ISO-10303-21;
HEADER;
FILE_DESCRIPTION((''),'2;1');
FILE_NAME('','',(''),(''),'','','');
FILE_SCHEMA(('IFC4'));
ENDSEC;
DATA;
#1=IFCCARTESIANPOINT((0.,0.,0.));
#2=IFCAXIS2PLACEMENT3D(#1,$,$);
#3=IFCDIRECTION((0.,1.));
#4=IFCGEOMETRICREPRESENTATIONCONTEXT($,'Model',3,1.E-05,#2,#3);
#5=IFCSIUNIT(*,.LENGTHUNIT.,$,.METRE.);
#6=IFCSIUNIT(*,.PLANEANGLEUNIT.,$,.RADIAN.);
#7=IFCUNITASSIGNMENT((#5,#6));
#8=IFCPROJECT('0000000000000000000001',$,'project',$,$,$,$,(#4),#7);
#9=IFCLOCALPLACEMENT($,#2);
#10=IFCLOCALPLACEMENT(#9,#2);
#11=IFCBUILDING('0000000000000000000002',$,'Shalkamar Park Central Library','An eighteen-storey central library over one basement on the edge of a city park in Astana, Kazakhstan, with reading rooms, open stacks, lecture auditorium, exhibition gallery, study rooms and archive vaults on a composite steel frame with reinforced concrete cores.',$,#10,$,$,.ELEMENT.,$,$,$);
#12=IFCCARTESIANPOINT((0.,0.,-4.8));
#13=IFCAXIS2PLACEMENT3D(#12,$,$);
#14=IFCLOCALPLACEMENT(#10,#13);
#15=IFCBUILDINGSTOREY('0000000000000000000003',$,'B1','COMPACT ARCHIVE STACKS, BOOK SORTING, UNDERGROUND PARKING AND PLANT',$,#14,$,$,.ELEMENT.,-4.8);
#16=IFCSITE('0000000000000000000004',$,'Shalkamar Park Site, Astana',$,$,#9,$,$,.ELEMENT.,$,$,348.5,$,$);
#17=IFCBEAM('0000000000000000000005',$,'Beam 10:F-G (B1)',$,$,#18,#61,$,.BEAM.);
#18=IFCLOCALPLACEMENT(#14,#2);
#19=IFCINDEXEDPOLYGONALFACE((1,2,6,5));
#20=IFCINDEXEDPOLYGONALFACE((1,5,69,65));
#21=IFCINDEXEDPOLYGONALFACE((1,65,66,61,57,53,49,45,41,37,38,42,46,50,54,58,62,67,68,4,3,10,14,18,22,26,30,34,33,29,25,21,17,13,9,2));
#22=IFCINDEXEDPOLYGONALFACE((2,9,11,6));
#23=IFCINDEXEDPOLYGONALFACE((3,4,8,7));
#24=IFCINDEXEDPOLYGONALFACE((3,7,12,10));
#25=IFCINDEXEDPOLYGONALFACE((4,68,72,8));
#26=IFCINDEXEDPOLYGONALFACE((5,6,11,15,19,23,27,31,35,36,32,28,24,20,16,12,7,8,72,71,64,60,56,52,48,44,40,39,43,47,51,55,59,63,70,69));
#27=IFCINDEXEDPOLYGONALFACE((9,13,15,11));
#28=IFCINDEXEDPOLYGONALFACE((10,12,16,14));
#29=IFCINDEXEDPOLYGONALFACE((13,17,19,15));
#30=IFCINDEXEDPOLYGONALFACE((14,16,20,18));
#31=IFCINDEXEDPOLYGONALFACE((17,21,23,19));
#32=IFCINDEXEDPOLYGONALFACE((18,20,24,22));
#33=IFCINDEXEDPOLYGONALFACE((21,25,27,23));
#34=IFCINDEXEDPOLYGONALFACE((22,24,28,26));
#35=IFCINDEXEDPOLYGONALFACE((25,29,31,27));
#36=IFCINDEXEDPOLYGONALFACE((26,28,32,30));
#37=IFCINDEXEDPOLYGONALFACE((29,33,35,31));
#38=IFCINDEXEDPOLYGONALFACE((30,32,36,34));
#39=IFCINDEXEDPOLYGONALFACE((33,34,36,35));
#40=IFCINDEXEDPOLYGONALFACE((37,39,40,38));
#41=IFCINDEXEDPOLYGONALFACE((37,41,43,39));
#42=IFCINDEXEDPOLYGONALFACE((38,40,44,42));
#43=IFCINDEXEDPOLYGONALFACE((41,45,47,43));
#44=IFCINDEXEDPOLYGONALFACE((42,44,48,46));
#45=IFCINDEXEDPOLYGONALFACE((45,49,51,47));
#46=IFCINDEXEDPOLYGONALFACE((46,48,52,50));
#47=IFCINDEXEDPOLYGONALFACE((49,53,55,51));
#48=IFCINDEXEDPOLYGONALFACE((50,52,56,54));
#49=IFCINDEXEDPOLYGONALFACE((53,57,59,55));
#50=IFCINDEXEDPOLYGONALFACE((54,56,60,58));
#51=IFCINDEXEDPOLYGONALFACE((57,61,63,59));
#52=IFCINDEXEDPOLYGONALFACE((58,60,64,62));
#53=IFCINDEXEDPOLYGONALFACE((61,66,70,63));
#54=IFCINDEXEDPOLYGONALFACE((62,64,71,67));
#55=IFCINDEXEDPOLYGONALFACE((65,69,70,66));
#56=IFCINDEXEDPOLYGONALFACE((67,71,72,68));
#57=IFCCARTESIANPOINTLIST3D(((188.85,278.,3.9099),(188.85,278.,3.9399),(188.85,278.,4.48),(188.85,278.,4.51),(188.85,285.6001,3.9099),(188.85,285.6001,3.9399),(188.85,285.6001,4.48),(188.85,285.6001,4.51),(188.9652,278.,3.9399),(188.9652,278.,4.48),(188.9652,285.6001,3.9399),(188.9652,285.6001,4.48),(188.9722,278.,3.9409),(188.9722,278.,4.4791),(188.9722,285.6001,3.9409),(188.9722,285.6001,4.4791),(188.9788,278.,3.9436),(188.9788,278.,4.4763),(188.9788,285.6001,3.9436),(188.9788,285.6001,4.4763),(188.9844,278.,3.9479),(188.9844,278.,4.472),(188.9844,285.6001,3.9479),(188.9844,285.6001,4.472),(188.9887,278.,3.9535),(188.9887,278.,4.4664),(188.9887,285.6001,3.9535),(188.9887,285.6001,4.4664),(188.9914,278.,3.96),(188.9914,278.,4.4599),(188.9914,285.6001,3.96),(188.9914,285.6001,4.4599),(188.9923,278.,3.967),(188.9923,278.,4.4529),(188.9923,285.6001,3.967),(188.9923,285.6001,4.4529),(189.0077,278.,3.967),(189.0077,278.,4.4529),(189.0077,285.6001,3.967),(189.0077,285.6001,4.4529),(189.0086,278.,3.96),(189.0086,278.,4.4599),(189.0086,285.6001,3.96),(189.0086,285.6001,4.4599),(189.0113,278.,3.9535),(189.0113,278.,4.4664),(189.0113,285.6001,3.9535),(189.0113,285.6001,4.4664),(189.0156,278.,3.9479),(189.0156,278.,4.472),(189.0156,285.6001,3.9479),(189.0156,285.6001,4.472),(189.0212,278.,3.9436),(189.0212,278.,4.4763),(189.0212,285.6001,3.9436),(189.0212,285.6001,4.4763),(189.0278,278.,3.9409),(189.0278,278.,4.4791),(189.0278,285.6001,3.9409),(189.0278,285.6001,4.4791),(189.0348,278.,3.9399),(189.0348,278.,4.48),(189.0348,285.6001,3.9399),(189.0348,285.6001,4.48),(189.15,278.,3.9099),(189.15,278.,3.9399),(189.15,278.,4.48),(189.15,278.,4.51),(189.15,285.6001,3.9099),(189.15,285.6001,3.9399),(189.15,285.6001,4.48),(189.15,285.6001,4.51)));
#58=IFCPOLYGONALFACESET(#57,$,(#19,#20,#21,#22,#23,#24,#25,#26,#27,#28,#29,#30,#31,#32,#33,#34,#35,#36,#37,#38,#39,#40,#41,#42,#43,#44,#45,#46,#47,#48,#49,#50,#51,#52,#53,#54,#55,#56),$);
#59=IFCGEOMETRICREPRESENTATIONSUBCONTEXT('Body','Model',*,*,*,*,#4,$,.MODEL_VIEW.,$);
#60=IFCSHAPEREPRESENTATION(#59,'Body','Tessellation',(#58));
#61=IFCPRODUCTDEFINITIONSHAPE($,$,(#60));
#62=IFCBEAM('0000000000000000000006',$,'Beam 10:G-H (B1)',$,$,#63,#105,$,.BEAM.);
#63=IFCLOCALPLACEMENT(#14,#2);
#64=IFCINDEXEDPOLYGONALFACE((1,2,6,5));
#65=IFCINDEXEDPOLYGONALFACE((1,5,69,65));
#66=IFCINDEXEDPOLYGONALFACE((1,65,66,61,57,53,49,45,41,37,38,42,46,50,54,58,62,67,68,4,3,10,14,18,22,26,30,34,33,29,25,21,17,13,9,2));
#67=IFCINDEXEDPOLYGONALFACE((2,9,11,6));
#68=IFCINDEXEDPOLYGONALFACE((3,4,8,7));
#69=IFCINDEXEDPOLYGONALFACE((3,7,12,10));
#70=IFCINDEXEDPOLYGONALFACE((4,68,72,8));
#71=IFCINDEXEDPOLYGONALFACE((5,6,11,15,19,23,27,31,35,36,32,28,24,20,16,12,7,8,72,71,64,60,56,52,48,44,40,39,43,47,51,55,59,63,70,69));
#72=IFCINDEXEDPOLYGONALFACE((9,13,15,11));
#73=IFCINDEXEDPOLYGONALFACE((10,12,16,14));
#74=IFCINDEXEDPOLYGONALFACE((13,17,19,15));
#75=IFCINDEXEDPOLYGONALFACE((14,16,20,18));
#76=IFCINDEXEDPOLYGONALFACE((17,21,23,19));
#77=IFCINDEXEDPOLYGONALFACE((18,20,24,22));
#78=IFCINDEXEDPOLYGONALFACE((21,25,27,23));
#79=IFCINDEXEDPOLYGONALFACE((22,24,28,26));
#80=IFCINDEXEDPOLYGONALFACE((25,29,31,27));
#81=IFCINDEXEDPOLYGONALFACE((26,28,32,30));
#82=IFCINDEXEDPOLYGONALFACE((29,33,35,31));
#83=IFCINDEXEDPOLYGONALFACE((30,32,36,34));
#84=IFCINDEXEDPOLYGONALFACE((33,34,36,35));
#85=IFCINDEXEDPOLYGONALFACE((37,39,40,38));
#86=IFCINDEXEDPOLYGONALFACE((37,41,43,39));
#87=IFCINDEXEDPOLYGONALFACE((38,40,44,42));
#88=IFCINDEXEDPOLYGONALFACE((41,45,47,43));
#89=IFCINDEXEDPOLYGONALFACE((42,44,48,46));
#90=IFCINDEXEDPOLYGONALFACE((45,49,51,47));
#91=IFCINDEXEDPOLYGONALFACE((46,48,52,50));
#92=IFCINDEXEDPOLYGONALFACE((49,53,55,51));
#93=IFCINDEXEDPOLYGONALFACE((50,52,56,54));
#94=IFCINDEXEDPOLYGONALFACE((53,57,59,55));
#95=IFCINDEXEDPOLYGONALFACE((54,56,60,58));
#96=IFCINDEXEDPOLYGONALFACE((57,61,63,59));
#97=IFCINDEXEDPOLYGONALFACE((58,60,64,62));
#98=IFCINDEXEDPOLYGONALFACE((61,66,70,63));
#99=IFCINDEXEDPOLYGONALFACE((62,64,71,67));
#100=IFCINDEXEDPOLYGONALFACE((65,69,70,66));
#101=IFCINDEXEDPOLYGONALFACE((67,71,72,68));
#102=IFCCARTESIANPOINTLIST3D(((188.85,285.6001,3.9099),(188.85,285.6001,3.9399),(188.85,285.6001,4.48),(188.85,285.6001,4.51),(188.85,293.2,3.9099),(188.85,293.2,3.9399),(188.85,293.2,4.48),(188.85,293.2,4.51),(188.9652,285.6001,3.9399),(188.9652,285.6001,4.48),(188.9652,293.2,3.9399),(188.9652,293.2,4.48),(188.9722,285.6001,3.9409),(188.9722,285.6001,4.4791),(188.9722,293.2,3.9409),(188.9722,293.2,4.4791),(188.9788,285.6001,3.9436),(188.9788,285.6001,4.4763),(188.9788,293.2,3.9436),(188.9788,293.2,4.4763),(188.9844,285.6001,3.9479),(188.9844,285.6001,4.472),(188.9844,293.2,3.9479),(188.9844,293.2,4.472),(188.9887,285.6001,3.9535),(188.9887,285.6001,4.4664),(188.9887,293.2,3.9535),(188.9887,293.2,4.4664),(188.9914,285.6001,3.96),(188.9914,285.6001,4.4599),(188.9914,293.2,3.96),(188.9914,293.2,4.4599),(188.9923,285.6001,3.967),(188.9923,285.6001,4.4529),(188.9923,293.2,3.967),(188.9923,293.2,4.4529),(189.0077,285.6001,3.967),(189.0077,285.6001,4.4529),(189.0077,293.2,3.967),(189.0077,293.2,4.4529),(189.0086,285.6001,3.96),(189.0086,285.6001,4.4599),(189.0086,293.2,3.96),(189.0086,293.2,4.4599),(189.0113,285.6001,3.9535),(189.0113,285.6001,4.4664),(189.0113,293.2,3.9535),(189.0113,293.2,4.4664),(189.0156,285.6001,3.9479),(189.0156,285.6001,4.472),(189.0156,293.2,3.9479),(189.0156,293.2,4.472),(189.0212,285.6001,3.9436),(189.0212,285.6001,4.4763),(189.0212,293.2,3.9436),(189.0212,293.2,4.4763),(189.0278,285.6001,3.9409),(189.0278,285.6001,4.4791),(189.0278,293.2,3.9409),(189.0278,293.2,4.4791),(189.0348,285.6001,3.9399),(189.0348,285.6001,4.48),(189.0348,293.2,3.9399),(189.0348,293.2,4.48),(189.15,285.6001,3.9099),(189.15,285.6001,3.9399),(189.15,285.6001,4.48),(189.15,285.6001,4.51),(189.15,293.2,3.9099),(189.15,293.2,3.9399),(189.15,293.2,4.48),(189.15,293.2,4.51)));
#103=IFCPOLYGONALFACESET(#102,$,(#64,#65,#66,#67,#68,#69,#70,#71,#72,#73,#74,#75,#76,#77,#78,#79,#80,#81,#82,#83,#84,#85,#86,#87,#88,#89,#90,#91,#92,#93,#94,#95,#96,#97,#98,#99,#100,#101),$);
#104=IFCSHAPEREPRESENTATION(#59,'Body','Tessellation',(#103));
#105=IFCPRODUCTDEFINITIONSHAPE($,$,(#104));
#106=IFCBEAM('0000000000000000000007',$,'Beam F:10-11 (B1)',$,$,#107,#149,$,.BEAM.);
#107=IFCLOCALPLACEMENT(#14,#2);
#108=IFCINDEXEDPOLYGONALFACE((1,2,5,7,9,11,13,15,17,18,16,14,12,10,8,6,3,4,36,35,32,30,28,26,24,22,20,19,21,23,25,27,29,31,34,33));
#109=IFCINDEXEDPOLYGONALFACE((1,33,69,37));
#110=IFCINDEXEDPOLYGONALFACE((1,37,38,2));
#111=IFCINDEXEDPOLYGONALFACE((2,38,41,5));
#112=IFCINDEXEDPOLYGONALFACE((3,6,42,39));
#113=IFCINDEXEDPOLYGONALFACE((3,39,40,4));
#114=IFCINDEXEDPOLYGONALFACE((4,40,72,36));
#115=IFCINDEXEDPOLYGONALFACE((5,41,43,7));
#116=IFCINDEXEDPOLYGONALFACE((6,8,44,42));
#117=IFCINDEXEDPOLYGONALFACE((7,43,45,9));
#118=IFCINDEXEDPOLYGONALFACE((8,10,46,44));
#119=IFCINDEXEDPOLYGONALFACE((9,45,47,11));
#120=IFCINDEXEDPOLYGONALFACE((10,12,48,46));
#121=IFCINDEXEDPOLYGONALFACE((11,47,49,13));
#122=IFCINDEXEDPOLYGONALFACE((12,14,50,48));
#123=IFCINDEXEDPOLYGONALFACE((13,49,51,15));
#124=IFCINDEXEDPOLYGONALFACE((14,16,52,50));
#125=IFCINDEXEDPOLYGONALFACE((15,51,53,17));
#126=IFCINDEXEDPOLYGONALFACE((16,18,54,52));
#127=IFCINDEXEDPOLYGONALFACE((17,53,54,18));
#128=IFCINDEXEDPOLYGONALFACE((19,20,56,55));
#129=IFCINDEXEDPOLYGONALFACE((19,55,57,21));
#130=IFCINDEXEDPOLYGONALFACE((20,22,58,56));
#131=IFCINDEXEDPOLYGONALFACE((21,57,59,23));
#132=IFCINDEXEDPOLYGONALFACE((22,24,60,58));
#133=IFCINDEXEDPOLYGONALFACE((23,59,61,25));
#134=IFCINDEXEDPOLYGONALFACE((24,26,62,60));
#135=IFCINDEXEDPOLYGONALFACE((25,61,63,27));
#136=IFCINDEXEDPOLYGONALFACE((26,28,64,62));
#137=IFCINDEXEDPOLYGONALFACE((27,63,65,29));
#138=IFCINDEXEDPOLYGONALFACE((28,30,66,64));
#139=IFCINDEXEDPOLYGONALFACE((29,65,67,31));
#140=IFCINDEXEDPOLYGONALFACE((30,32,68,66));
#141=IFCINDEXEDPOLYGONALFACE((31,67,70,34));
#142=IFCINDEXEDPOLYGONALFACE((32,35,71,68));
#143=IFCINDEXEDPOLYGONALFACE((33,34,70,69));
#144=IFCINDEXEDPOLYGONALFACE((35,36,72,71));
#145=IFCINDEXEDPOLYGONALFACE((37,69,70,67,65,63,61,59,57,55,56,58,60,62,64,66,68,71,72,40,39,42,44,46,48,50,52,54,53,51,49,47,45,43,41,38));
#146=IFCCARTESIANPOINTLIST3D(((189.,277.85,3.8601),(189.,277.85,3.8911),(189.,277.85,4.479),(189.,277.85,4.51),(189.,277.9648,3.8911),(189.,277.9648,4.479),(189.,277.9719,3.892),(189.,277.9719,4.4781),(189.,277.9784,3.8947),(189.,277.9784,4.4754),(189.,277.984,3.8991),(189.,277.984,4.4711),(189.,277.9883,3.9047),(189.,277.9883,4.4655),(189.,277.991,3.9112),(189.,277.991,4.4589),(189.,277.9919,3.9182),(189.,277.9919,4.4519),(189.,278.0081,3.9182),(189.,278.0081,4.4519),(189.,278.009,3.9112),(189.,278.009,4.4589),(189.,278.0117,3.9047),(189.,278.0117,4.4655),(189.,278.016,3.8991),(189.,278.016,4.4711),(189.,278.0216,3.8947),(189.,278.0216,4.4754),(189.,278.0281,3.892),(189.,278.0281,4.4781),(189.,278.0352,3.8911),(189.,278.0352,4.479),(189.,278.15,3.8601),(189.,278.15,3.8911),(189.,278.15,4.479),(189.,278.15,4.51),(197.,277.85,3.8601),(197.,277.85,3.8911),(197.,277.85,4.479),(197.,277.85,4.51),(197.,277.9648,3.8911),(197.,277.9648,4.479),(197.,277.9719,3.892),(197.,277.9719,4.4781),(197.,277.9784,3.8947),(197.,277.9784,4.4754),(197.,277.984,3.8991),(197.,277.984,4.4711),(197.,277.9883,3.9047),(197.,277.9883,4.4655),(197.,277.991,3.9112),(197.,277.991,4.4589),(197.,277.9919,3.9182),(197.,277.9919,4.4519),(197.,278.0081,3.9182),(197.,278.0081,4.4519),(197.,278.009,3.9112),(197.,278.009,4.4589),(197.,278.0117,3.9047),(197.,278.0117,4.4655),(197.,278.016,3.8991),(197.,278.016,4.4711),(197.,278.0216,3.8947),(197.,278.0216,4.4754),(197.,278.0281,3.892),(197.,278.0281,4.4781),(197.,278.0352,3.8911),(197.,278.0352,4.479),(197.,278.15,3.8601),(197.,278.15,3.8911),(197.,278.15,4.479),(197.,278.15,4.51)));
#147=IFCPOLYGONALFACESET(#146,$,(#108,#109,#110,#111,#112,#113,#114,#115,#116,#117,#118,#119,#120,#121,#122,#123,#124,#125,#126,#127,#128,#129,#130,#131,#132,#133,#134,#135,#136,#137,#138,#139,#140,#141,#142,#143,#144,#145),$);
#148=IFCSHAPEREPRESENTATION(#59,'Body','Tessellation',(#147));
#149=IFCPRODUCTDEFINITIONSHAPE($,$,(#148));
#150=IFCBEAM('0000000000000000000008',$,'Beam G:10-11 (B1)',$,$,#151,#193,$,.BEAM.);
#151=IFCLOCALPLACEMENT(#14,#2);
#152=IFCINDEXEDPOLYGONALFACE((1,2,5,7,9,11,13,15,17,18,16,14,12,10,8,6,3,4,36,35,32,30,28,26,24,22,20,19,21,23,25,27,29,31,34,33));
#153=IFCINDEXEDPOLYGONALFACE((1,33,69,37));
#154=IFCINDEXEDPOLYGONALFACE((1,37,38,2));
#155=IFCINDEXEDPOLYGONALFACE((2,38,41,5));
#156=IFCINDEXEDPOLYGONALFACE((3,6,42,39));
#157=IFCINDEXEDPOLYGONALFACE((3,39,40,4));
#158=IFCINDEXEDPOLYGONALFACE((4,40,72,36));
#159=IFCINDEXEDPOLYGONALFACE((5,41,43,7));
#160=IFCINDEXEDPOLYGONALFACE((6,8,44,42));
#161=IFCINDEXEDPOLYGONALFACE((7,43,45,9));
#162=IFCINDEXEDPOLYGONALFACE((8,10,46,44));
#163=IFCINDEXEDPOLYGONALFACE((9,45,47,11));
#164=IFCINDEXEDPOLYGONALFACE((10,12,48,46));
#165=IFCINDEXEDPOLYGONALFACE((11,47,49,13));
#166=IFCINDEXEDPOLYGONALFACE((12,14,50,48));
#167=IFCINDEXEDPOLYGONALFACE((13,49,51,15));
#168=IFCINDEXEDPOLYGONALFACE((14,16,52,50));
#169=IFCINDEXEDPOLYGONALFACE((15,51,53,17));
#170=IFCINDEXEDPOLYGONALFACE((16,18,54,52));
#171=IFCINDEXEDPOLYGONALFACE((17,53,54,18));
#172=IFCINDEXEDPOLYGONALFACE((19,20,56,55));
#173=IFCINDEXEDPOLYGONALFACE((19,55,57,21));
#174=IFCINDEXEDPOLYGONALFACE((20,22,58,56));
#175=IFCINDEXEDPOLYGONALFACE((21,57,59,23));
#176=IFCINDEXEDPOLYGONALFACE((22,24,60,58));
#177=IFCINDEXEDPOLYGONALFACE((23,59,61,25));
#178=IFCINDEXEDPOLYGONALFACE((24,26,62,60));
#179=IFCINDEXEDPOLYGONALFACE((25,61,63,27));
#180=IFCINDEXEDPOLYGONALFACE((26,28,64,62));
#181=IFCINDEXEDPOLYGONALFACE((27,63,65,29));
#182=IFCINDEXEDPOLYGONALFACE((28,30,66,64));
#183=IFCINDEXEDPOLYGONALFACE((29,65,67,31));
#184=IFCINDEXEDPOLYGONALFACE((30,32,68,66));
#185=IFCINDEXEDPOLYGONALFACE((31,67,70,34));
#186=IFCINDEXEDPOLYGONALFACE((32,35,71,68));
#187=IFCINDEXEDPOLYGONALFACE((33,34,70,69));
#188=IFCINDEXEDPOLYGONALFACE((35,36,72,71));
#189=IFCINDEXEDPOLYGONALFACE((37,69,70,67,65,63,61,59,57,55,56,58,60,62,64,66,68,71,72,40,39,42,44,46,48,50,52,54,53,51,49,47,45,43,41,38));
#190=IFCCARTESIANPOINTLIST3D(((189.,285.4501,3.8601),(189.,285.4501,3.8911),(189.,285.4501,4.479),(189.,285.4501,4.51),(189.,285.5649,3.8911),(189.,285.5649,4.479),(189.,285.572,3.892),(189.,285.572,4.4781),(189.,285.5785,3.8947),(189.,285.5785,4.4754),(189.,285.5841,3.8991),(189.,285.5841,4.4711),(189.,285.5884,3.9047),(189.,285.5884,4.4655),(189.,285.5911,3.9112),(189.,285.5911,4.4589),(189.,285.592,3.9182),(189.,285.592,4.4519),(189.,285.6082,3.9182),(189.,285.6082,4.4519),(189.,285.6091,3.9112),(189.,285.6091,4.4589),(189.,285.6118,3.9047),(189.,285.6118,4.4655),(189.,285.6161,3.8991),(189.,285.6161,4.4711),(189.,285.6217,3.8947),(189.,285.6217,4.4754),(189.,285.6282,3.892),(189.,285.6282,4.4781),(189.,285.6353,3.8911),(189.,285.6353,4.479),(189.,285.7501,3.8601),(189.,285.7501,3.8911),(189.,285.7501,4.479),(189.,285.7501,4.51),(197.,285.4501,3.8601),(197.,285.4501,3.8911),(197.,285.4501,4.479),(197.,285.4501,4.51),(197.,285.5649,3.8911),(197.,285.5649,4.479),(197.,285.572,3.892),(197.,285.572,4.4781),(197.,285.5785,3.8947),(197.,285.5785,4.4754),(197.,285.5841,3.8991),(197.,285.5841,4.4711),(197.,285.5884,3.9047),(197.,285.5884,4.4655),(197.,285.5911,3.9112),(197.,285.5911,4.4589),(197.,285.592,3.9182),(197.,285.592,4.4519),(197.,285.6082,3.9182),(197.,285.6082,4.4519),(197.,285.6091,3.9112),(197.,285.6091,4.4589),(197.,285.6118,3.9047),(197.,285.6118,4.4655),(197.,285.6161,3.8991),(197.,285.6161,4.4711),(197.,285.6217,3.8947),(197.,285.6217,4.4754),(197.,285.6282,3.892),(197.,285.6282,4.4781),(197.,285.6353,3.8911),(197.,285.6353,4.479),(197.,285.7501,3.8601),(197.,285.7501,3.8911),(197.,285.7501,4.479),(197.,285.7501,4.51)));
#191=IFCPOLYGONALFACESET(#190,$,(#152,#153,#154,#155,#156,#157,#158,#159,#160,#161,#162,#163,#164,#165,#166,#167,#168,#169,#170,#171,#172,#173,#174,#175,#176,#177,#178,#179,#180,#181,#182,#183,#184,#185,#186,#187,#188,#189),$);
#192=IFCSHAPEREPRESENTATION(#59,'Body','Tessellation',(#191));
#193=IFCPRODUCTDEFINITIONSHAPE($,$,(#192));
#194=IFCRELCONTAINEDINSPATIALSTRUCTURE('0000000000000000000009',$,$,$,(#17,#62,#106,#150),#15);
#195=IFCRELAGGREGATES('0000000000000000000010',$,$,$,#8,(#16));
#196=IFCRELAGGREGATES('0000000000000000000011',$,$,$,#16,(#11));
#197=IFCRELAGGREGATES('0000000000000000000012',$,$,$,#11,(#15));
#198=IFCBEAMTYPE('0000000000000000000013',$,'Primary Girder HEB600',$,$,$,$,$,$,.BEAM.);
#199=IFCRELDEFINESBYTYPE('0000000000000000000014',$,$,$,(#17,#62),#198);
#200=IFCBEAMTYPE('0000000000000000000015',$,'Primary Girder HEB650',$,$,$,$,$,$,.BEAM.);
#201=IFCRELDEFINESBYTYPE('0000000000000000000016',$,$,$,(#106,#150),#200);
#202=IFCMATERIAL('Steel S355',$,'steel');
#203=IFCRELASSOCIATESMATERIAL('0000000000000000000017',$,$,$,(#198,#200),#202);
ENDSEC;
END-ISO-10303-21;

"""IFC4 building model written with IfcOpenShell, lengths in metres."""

from ifc_helpers import new_model, si_unit, direction, frame, origin, origin_2d, place, context, subcontext, project, spatial, i_section, extrude, material, material_profile, profile_set, type_object, element, save


model = new_model("IFC4")

# Units and contexts
model_context = context("Model", 3, precision=1e-05, world=origin(), true_north=direction((0.0, 1.0)))
body_context = subcontext(model_context, "Body", "Model", "MODEL_VIEW")
ifc_project = project(units=[si_unit("LENGTHUNIT", "METRE"), si_unit("PLANEANGLEUNIT", "RADIAN")], contexts=[model_context])

# Site, building, storey
site_placement = place(None, origin())
site = spatial("IfcSite", under=ifc_project, at=site_placement, Name="Shalkamar Park Site, Astana", CompositionType="ELEMENT", RefElevation=348.5)
building_placement = place(site_placement, origin())
building = spatial("IfcBuilding", under=site, at=building_placement, Name="Shalkamar Park Central Library", Description="An eighteen-storey central library over one basement on the edge of a city park in Astana, Kazakhstan, with reading rooms, open stacks, lecture auditorium, exhibition gallery, study rooms and archive vaults on a composite steel frame with reinforced concrete cores.", CompositionType="ELEMENT")
storey_placement = place(building_placement, frame((0.0, 0.0, -4.8)))
storey = spatial("IfcBuildingStorey", under=building, at=storey_placement, Name="B1", Description="COMPACT ARCHIVE STACKS, BOOK SORTING, UNDERGROUND PARKING AND PLANT", CompositionType="ELEMENT", Elevation=-4.8)

# Shared definitions
ifc_material_1 = material(Name="Steel S355", Category="steel")

# Beams
ifc_material_profile_1 = material_profile(ifc_material_1, i_section(OverallWidth=0.3, OverallDepth=0.6001, WebThickness=0.0154, FlangeThickness=0.03, FilletRadius=0.0271, at=origin_2d()), Name="HEB 600")
ifc_profile_set_1 = profile_set([ifc_material_profile_1], Name="Steel S355")
beam_type_1 = type_object("IfcBeamType", Name="Primary Girder HEB600", PredefinedType="BEAM", material=ifc_profile_set_1)
beam_1_placement = place(storey_placement, frame((189.0, 278.0, 4.21), z_axis=(0.0, 1.0, 0.0), x_axis=(-1.0, 0.0, 0.0)))
element("IfcBeam", 1, at=beam_1_placement, inside=storey, type_object=beam_type_1, Name="Beam 10:F-G (B1)", PredefinedType="BEAM", context=body_context, shape_type="SweptSolid", body=[
    extrude(i_section(OverallWidth=0.3, OverallDepth=0.6001, WebThickness=0.0154, FlangeThickness=0.03, FilletRadius=0.0271, at=origin_2d()), origin(), (0.0, 0.0, 1.0), 7.6001),
])
beam_2_placement = place(storey_placement, frame((189.0, 285.6001, 4.21), z_axis=(0.0, 1.0, 0.0), x_axis=(-1.0, 0.0, 0.0)))
element("IfcBeam", 2, at=beam_2_placement, inside=storey, type_object=beam_type_1, Name="Beam 10:G-H (B1)", PredefinedType="BEAM", context=body_context, shape_type="SweptSolid", body=[
    extrude(i_section(OverallWidth=0.3, OverallDepth=0.6001, WebThickness=0.0154, FlangeThickness=0.03, FilletRadius=0.0271, at=origin_2d()), origin(), (0.0, 0.0, 1.0), 7.5999),
])
ifc_material_profile_2 = material_profile(ifc_material_1, i_section(OverallWidth=0.3, OverallDepth=0.6499, WebThickness=0.0161, FlangeThickness=0.031, FilletRadius=0.0271, at=origin_2d()), Name="HEB 650")
ifc_profile_set_2 = profile_set([ifc_material_profile_2], Name="Steel S355")
beam_type_2 = type_object("IfcBeamType", Name="Primary Girder HEB650", PredefinedType="BEAM", material=ifc_profile_set_2)
for number, where, z_axis, x_axis, name in (
    (3, (189.0, 278.0, 4.1851), (1.0, 0.0, 0.0), (0.0, 1.0, 0.0), "Beam F:10-11 (B1)"),
    (4, (189.0, 285.6001, 4.1851), (1.0, 0.0, 0.0), (0.0, 1.0, 0.0), "Beam G:10-11 (B1)"),
):
    element("IfcBeam", number, at=place(storey_placement, frame(where, z_axis=z_axis, x_axis=x_axis)), inside=storey, type_object=beam_type_2, Name=name, PredefinedType="BEAM", context=body_context, shape_type="SweptSolid", body=[
        extrude(i_section(OverallWidth=0.3, OverallDepth=0.6499, WebThickness=0.0161, FlangeThickness=0.031, FilletRadius=0.0271, at=origin_2d()), origin(), (0.0, 0.0, 1.0), 8.0),
    ])

save(model, "model.ifc")
